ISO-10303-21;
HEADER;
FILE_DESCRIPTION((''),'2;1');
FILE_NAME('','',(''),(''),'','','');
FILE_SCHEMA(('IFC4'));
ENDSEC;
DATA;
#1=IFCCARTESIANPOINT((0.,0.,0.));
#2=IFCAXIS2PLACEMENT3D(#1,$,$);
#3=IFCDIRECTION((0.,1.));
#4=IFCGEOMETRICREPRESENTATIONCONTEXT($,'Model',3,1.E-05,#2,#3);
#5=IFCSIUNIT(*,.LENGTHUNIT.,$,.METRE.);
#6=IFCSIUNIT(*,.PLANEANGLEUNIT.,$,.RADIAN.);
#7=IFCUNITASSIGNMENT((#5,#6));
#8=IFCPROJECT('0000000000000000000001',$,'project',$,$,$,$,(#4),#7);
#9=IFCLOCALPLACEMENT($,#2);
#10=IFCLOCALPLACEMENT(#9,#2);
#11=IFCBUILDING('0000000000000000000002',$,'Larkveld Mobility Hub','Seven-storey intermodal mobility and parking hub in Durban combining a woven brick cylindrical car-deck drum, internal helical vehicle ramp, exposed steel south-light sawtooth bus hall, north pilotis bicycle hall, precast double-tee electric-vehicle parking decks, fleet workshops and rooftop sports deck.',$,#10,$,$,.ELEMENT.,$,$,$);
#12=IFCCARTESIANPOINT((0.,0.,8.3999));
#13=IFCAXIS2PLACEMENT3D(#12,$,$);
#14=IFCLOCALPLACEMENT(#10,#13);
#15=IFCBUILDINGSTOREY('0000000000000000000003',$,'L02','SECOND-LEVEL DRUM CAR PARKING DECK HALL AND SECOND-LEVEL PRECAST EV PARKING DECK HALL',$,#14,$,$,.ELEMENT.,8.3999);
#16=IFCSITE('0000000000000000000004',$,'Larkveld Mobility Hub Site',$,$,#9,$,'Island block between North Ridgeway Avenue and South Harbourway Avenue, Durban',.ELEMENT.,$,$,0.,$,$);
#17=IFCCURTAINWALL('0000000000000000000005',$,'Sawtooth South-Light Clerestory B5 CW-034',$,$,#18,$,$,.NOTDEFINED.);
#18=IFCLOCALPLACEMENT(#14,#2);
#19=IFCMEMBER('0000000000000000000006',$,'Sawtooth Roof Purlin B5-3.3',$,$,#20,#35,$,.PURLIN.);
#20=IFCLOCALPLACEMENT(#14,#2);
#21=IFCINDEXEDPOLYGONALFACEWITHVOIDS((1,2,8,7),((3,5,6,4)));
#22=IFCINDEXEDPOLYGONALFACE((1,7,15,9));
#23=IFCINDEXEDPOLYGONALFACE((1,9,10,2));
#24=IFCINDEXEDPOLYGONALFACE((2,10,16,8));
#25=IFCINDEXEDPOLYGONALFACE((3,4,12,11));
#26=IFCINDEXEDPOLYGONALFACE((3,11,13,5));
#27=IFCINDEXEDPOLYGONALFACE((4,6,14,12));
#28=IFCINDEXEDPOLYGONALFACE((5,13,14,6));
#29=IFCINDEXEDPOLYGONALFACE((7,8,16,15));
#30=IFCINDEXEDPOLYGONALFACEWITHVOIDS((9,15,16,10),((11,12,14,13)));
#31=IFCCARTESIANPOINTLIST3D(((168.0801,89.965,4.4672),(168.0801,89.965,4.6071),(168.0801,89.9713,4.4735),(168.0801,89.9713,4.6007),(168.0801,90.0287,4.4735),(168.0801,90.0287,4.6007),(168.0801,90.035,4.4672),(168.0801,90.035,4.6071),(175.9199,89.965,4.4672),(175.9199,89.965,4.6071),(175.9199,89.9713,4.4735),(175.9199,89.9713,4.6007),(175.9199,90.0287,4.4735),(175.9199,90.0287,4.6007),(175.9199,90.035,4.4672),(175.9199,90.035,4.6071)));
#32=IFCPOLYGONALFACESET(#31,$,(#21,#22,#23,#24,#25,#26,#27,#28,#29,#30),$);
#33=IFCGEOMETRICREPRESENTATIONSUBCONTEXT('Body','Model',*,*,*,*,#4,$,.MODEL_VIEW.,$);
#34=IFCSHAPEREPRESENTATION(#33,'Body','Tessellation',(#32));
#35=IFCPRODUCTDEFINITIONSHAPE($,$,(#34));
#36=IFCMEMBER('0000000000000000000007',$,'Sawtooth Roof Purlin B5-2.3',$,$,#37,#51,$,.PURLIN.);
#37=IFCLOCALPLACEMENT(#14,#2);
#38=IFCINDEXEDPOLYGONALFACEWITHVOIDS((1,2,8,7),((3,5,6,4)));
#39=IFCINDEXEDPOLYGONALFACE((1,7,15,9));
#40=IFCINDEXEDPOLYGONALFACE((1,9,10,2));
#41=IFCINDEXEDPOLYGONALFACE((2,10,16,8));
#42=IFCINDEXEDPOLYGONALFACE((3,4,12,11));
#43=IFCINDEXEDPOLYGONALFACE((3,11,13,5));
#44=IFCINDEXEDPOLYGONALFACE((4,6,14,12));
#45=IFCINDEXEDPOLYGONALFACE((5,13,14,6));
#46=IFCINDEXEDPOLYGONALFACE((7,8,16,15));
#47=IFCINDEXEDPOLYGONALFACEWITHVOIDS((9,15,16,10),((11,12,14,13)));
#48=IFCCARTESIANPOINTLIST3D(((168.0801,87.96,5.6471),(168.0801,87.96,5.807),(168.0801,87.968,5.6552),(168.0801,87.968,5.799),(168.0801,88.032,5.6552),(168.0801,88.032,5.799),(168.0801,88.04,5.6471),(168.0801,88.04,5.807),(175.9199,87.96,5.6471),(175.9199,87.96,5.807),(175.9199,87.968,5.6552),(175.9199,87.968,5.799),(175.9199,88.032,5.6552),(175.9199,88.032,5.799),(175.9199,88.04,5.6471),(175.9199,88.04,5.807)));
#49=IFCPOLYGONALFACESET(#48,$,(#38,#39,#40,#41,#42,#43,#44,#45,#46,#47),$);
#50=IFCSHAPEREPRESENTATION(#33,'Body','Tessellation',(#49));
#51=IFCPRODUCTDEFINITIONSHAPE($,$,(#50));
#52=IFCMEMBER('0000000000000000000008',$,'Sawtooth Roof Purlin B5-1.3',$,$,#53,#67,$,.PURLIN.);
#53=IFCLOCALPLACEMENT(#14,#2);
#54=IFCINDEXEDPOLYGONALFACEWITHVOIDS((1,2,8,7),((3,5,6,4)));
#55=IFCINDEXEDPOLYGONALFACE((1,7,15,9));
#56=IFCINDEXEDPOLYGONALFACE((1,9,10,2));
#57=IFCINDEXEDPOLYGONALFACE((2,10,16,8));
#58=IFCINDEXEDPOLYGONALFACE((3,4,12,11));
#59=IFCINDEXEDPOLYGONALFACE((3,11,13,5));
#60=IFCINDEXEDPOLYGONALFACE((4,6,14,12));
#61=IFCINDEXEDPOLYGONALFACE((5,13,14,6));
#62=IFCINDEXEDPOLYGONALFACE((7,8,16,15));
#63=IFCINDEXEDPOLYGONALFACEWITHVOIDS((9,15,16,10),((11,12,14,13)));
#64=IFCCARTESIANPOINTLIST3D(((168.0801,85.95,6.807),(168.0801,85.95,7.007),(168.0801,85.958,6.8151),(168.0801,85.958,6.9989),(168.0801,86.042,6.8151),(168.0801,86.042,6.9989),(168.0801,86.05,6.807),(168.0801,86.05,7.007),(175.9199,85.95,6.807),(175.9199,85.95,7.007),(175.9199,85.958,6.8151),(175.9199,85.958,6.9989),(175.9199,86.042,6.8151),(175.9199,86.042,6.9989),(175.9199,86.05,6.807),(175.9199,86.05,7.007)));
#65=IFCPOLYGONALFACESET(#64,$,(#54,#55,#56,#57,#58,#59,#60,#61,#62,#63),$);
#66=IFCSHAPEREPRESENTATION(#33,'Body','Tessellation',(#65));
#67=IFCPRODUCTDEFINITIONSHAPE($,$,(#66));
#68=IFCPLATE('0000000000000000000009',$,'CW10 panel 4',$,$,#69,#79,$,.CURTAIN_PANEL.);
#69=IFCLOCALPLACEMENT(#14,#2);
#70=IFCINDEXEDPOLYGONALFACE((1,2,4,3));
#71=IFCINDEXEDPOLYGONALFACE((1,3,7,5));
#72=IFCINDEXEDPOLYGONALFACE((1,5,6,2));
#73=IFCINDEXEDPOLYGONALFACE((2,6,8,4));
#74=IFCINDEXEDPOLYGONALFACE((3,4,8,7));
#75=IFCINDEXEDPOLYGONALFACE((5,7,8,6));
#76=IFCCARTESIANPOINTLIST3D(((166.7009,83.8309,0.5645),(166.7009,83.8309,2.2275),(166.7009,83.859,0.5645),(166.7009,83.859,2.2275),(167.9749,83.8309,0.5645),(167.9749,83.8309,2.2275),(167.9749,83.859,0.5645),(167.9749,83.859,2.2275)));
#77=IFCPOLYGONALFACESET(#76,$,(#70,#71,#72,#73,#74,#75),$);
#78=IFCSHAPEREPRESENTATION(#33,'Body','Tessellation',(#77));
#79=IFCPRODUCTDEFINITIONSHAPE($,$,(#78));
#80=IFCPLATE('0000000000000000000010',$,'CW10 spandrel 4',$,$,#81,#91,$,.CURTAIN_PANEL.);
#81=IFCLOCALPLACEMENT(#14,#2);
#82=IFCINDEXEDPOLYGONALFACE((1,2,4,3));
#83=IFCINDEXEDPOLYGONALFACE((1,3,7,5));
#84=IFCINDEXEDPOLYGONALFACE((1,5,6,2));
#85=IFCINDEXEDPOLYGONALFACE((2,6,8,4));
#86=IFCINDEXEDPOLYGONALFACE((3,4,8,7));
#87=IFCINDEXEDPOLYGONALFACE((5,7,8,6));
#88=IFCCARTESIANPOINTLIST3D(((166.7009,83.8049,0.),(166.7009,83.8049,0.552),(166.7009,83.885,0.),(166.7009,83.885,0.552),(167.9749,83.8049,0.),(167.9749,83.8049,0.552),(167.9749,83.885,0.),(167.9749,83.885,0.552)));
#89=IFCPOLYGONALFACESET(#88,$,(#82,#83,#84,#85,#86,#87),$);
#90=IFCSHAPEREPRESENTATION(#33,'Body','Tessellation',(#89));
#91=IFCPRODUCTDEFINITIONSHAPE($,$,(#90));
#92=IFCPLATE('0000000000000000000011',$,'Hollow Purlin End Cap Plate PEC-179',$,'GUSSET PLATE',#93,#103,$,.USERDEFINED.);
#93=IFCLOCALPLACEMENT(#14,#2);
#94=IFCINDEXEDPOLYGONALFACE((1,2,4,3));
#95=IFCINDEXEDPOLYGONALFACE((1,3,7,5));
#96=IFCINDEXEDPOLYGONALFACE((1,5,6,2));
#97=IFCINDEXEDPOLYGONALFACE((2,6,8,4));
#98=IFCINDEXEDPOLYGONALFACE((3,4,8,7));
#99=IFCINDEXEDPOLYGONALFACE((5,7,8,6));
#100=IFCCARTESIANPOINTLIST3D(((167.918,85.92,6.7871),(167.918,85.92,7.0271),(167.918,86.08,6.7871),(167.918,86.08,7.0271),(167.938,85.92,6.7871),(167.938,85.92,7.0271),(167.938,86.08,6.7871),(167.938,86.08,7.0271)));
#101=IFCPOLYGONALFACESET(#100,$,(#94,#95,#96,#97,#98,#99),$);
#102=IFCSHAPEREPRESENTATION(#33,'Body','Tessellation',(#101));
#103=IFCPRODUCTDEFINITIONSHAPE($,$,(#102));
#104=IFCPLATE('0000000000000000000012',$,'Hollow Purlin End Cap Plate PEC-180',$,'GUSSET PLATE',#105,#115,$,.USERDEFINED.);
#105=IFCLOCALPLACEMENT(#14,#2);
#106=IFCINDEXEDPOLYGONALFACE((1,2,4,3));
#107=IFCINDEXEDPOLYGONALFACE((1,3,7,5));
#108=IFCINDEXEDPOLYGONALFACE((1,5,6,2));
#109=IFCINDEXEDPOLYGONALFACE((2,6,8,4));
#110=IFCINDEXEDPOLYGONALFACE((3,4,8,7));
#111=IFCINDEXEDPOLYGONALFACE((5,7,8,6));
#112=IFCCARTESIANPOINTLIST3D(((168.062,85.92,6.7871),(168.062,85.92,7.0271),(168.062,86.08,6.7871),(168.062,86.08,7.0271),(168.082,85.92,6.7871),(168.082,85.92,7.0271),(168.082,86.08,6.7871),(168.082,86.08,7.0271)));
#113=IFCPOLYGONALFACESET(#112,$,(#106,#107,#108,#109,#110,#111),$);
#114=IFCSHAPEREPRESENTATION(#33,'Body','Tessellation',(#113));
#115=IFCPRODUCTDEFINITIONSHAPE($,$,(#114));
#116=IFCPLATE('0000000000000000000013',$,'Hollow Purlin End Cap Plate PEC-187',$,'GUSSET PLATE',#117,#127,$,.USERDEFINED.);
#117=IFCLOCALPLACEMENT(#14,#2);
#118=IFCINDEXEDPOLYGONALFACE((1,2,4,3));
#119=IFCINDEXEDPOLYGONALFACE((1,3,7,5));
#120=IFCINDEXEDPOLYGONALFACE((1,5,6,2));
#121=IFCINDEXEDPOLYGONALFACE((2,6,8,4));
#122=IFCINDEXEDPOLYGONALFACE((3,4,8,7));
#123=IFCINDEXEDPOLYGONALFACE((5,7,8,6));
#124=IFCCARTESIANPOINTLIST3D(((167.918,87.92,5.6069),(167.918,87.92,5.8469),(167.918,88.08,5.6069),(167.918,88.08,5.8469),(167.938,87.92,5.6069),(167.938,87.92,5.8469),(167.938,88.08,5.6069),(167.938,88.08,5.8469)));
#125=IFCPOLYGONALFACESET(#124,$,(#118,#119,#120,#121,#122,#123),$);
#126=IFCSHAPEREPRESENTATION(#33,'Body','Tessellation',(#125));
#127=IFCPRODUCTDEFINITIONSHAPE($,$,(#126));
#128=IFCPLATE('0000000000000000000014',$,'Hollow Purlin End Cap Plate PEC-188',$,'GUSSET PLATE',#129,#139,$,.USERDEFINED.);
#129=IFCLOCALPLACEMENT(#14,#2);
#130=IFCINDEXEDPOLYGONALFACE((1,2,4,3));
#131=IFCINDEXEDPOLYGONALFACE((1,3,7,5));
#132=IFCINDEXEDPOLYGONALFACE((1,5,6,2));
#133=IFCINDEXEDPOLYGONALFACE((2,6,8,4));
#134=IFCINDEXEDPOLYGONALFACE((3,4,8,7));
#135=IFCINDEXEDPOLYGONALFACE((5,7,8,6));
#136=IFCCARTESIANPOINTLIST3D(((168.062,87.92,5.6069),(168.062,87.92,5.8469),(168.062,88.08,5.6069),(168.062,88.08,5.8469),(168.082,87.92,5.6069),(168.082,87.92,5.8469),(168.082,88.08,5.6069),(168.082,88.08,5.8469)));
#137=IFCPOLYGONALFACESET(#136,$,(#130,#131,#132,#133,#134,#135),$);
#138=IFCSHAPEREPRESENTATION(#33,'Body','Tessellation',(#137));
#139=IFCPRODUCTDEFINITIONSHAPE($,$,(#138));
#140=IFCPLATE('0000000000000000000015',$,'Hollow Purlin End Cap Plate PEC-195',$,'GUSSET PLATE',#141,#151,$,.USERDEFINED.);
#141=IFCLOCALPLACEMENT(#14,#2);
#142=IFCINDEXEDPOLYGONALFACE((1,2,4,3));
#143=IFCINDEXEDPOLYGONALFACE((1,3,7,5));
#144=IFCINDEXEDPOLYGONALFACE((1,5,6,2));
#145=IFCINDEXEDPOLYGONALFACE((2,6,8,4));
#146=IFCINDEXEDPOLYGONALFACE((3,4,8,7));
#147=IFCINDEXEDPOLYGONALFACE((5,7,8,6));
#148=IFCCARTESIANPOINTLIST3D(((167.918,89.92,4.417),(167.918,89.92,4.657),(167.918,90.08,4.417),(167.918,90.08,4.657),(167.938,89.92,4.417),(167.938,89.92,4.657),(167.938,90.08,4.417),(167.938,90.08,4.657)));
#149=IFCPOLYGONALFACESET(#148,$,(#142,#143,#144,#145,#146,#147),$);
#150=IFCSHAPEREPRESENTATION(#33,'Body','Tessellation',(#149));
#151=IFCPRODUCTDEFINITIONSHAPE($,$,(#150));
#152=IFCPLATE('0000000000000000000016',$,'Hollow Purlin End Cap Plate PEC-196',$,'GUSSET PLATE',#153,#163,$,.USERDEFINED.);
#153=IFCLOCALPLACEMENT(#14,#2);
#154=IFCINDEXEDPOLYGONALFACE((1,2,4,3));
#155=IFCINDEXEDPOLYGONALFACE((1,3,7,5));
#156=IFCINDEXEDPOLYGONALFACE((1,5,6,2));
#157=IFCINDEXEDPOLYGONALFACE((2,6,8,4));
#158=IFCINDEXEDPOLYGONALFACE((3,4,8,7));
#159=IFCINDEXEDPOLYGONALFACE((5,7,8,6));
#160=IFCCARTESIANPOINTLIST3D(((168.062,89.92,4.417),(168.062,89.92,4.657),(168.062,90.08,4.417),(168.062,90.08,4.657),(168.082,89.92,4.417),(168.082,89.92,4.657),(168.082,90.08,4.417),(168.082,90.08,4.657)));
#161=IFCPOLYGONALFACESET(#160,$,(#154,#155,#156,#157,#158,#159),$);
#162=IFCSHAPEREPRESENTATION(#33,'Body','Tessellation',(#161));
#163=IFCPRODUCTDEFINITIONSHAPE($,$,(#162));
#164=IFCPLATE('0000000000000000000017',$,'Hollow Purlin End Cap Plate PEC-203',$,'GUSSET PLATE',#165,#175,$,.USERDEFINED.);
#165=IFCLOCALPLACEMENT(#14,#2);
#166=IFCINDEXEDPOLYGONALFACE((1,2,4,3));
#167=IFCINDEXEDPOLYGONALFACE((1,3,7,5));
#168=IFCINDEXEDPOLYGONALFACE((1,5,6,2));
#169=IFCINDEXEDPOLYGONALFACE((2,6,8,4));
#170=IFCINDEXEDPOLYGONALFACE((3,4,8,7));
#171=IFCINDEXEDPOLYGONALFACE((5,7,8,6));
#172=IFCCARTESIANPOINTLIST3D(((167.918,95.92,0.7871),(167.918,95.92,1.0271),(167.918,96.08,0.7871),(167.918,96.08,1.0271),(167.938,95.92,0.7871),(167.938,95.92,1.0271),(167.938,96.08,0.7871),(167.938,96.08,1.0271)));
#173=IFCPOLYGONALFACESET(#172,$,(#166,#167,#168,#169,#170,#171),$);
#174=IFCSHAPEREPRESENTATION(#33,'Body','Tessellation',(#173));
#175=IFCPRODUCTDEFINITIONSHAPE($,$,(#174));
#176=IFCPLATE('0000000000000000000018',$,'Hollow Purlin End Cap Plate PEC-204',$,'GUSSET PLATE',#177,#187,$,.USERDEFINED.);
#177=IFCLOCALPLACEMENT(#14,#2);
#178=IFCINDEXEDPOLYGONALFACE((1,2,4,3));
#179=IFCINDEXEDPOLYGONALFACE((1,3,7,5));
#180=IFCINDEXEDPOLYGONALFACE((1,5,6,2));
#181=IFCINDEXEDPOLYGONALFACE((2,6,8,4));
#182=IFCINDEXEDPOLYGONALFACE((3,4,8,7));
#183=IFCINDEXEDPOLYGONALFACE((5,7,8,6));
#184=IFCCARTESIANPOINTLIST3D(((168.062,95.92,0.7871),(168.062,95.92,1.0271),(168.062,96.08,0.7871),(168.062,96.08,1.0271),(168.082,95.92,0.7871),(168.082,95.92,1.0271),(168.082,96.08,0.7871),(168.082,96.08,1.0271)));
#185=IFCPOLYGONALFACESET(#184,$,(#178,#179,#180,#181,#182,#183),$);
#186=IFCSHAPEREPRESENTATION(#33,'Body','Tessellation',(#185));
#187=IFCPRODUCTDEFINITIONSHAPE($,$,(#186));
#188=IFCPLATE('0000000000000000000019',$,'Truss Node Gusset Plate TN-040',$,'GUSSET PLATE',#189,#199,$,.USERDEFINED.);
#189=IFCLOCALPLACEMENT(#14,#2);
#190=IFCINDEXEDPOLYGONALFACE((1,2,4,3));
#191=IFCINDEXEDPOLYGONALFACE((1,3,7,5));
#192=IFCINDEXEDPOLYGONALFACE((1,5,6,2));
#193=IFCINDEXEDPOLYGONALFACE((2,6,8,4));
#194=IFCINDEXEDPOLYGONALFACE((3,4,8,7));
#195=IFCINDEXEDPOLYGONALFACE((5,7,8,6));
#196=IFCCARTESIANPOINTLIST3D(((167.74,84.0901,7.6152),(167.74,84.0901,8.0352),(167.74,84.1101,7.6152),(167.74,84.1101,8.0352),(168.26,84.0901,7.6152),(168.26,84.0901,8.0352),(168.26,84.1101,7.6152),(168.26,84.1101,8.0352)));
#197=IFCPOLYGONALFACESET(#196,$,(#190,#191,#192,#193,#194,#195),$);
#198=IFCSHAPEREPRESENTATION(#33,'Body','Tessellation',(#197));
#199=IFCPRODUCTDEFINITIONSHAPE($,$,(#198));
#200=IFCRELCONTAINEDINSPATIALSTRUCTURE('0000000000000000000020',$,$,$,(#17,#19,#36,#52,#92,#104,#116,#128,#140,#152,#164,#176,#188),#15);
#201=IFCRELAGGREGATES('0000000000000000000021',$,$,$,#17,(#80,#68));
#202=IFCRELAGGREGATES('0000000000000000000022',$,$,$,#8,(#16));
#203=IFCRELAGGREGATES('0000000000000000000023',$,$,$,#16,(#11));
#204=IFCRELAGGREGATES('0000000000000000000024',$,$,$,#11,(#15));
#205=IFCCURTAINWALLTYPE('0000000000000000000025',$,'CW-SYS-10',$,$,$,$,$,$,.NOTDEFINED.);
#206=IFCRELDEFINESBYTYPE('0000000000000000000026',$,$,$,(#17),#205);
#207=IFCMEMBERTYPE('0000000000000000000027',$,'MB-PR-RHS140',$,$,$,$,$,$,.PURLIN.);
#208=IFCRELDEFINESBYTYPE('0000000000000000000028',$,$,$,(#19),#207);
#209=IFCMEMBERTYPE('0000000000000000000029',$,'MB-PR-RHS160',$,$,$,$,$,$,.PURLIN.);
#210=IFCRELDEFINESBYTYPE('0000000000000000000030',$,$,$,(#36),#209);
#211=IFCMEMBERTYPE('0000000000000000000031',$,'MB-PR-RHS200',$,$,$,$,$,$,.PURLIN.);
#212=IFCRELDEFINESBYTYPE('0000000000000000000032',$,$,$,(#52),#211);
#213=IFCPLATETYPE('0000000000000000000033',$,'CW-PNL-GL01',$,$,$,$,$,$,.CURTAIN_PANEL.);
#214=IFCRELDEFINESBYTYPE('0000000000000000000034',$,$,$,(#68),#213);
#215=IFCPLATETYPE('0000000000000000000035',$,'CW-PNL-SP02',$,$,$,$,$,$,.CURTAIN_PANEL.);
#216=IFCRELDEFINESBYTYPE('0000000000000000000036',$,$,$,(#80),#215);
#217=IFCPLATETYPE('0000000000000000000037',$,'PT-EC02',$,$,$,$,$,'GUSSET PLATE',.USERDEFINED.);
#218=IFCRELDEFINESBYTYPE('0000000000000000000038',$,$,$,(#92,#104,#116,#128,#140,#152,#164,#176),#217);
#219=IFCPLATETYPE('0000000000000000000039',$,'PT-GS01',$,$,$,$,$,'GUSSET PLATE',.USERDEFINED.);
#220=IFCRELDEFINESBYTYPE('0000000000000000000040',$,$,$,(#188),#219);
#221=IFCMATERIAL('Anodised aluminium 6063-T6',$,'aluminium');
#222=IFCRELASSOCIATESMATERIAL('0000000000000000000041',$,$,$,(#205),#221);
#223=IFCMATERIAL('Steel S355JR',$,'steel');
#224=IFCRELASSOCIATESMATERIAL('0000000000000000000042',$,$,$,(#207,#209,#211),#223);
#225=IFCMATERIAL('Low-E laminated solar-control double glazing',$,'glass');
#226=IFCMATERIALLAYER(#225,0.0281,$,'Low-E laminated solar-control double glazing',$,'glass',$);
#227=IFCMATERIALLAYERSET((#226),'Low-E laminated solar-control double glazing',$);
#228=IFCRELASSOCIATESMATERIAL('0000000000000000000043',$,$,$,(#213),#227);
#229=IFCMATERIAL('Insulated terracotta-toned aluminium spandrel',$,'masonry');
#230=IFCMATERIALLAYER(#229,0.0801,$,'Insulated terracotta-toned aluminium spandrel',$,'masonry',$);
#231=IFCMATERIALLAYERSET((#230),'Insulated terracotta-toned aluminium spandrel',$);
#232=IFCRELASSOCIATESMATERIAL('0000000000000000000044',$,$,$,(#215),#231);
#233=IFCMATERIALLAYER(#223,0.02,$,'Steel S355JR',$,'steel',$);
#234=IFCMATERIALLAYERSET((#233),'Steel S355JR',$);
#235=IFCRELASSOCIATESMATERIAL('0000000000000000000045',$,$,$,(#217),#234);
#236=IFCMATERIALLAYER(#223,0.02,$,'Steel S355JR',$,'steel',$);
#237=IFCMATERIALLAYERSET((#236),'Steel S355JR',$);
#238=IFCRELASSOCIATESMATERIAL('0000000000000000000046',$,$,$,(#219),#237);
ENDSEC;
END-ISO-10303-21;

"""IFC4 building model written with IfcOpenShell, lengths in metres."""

from ifc_helpers import new_model, si_unit, direction, frame, origin, origin_2d, place, context, subcontext, project, spatial, rectangle, hollow_rectangle, extrude, material, layer, layer_set, material_profile, profile_set, type_object, element, aggregate, save


model = new_model("IFC4")

# Units and contexts
model_context = context("Model", 3, precision=1e-05, world=origin(), true_north=direction((0.0, 1.0)))
body_context = subcontext(model_context, "Body", "Model", "MODEL_VIEW")
ifc_project = project(units=[si_unit("LENGTHUNIT", "METRE"), si_unit("PLANEANGLEUNIT", "RADIAN")], contexts=[model_context])

# Site, building, storey
site_placement = place(None, origin())
site = spatial("IfcSite", under=ifc_project, at=site_placement, Name="Larkveld Mobility Hub Site", LongName="Island block between North Ridgeway Avenue and South Harbourway Avenue, Durban", CompositionType="ELEMENT", RefElevation=0.0)
building_placement = place(site_placement, origin())
building = spatial("IfcBuilding", under=site, at=building_placement, Name="Larkveld Mobility Hub", Description="Seven-storey intermodal mobility and parking hub in Durban combining a woven brick cylindrical car-deck drum, internal helical vehicle ramp, exposed steel south-light sawtooth bus hall, north pilotis bicycle hall, precast double-tee electric-vehicle parking decks, fleet workshops and rooftop sports deck.", CompositionType="ELEMENT")
storey_placement = place(building_placement, frame((0.0, 0.0, 8.3999)))
storey = spatial("IfcBuildingStorey", under=building, at=storey_placement, Name="L02", Description="SECOND-LEVEL DRUM CAR PARKING DECK HALL AND SECOND-LEVEL PRECAST EV PARKING DECK HALL", CompositionType="ELEMENT", Elevation=8.3999)

# Curtain wall
ifc_material_1 = material(Name="Anodised aluminium 6063-T6", Category="aluminium")
curtain_wall_type_1 = type_object("IfcCurtainWallType", Name="CW-SYS-10", PredefinedType="NOTDEFINED", material=ifc_material_1)
curtain_wall_1_placement = place(storey_placement, origin())
curtain_wall_1 = element("IfcCurtainWall", 1, at=curtain_wall_1_placement, inside=storey, type_object=curtain_wall_type_1, Name="Sawtooth South-Light Clerestory B5 CW-034", PredefinedType="NOTDEFINED")

# Members
ifc_material_2 = material(Name="Steel S355JR", Category="steel")
ifc_material_profile_1 = material_profile(ifc_material_2, hollow_rectangle(XDim=0.0701, YDim=0.1399, WallThickness=0.0063, at=origin_2d()), Name="RHS 140x70x6.3")
ifc_profile_set_1 = profile_set([ifc_material_profile_1], Name="Steel S355JR")
member_type_1 = type_object("IfcMemberType", Name="MB-PR-RHS140", PredefinedType="PURLIN", material=ifc_profile_set_1)
member_1_placement = place(storey_placement, frame((168.0801, 90.0, 4.5371), z_axis=(1.0, 0.0, 0.0), x_axis=(0.0, 1.0, 0.0)))
element("IfcMember", 2, at=member_1_placement, inside=storey, type_object=member_type_1, Name="Sawtooth Roof Purlin B5-3.3", PredefinedType="PURLIN", context=body_context, shape_type="SweptSolid", body=[
    extrude(hollow_rectangle(XDim=0.0701, YDim=0.1399, WallThickness=0.0063, at=origin_2d()), origin(), (0.0, 0.0, 1.0), 7.8398),
])
ifc_material_profile_2 = material_profile(ifc_material_2, hollow_rectangle(XDim=0.0801, YDim=0.1599, WallThickness=0.0081, at=origin_2d()), Name="RHS 160x80x8")
ifc_profile_set_2 = profile_set([ifc_material_profile_2], Name="Steel S355JR")
member_type_2 = type_object("IfcMemberType", Name="MB-PR-RHS160", PredefinedType="PURLIN", material=ifc_profile_set_2)
member_2_placement = place(storey_placement, frame((168.0801, 88.0, 5.7271), z_axis=(1.0, 0.0, 0.0), x_axis=(0.0, 1.0, 0.0)))
element("IfcMember", 3, at=member_2_placement, inside=storey, type_object=member_type_2, Name="Sawtooth Roof Purlin B5-2.3", PredefinedType="PURLIN", context=body_context, shape_type="SweptSolid", body=[
    extrude(hollow_rectangle(XDim=0.0801, YDim=0.1599, WallThickness=0.0081, at=origin_2d()), origin(), (0.0, 0.0, 1.0), 7.8398),
])
ifc_material_profile_3 = material_profile(ifc_material_2, hollow_rectangle(XDim=0.1001, YDim=0.2, WallThickness=0.0081, at=origin_2d()), Name="RHS 200x100x8")
ifc_profile_set_3 = profile_set([ifc_material_profile_3], Name="Steel S355JR")
member_type_3 = type_object("IfcMemberType", Name="MB-PR-RHS200", PredefinedType="PURLIN", material=ifc_profile_set_3)
member_3_placement = place(storey_placement, frame((168.0801, 86.0, 6.907), z_axis=(1.0, 0.0, 0.0), x_axis=(0.0, 1.0, 0.0)))
element("IfcMember", 4, at=member_3_placement, inside=storey, type_object=member_type_3, Name="Sawtooth Roof Purlin B5-1.3", PredefinedType="PURLIN", context=body_context, shape_type="SweptSolid", body=[
    extrude(hollow_rectangle(XDim=0.1001, YDim=0.2, WallThickness=0.0081, at=origin_2d()), origin(), (0.0, 0.0, 1.0), 7.8398),
])

# Plates
ifc_material_3 = material(Name="Low-E laminated solar-control double glazing", Category="glass")
ifc_layer_1 = layer(ifc_material_3, 0.0281, Name="Low-E laminated solar-control double glazing", Category="glass")
ifc_layer_set_1 = layer_set([ifc_layer_1], Name="Low-E laminated solar-control double glazing")
plate_type_1 = type_object("IfcPlateType", Name="CW-PNL-GL01", PredefinedType="CURTAIN_PANEL", material=ifc_layer_set_1)
plate_1_placement = place(storey_placement, frame((167.3379, 83.845, 0.5645), z_axis=(0.0, 0.0, 1.0), x_axis=(1.0, 0.0, 0.0)))
plate_1 = element("IfcPlate", 5, at=plate_1_placement, type_object=plate_type_1, Name="CW10 panel 4", PredefinedType="CURTAIN_PANEL", context=body_context, shape_type="SweptSolid", body=[
    extrude(rectangle(XDim=1.2739, YDim=0.0281, at=origin_2d()), origin(), (0.0, 0.0, 1.0), 1.6631),
])
ifc_material_4 = material(Name="Insulated terracotta-toned aluminium spandrel", Category="masonry")
ifc_layer_2 = layer(ifc_material_4, 0.0801, Name="Insulated terracotta-toned aluminium spandrel", Category="masonry")
ifc_layer_set_2 = layer_set([ifc_layer_2], Name="Insulated terracotta-toned aluminium spandrel")
plate_type_2 = type_object("IfcPlateType", Name="CW-PNL-SP02", PredefinedType="CURTAIN_PANEL", material=ifc_layer_set_2)
plate_2_placement = place(storey_placement, frame((167.3379, 83.845, 0.0), z_axis=(0.0, 0.0, 1.0), x_axis=(1.0, 0.0, 0.0)))
plate_2 = element("IfcPlate", 6, at=plate_2_placement, type_object=plate_type_2, Name="CW10 spandrel 4", PredefinedType="CURTAIN_PANEL", context=body_context, shape_type="SweptSolid", body=[
    extrude(rectangle(XDim=1.2739, YDim=0.0801, at=origin_2d()), origin(), (0.0, 0.0, 1.0), 0.552),
])
aggregate(curtain_wall_1, [plate_2, plate_1])

# Plates
ifc_layer_3 = layer(ifc_material_2, 0.02, Name="Steel S355JR", Category="steel")
ifc_layer_set_3 = layer_set([ifc_layer_3], Name="Steel S355JR")
plate_type_3 = type_object("IfcPlateType", Name="PT-EC02", ElementType="GUSSET PLATE", PredefinedType="USERDEFINED", material=ifc_layer_set_3)
for number, where, z_axis, x_axis, name in (
    (7, (167.928, 86.0, 6.7871), (0.0, 0.0, 1.0), (1.0, 0.0, 0.0), "Hollow Purlin End Cap Plate PEC-179"),
    (8, (168.072, 86.0, 6.7871), (0.0, 0.0, 1.0), (1.0, 0.0, 0.0), "Hollow Purlin End Cap Plate PEC-180"),
    (9, (167.928, 88.0, 5.6069), (0.0, 0.0, 1.0), (1.0, 0.0, 0.0), "Hollow Purlin End Cap Plate PEC-187"),
    (10, (168.072, 88.0, 5.6069), (0.0, 0.0, 1.0), (1.0, 0.0, 0.0), "Hollow Purlin End Cap Plate PEC-188"),
    (11, (167.928, 90.0, 4.417), (0.0, 0.0, 1.0), (1.0, 0.0, 0.0), "Hollow Purlin End Cap Plate PEC-195"),
    (12, (168.072, 90.0, 4.417), (0.0, 0.0, 1.0), (1.0, 0.0, 0.0), "Hollow Purlin End Cap Plate PEC-196"),
    (13, (167.928, 96.0, 0.7871), (0.0, 0.0, 1.0), (1.0, 0.0, 0.0), "Hollow Purlin End Cap Plate PEC-203"),
    (14, (168.072, 96.0, 0.7871), (0.0, 0.0, 1.0), (1.0, 0.0, 0.0), "Hollow Purlin End Cap Plate PEC-204"),
):
    element("IfcPlate", number, at=place(storey_placement, frame(where, z_axis=z_axis, x_axis=x_axis)), inside=storey, type_object=plate_type_3, Name=name, ObjectType="GUSSET PLATE", PredefinedType="USERDEFINED", context=body_context, shape_type="SweptSolid", body=[
        extrude(rectangle(XDim=0.02, YDim=0.1599, at=origin_2d()), origin(), (0.0, 0.0, 1.0), 0.24),
    ])
ifc_layer_4 = layer(ifc_material_2, 0.02, Name="Steel S355JR", Category="steel")
ifc_layer_set_4 = layer_set([ifc_layer_4], Name="Steel S355JR")
plate_type_4 = type_object("IfcPlateType", Name="PT-GS01", ElementType="GUSSET PLATE", PredefinedType="USERDEFINED", material=ifc_layer_set_4)
plate_3_placement = place(storey_placement, frame((168.0, 84.1001, 7.6152), z_axis=(0.0, 0.0, 1.0), x_axis=(1.0, 0.0, 0.0)))
element("IfcPlate", 15, at=plate_3_placement, inside=storey, type_object=plate_type_4, Name="Truss Node Gusset Plate TN-040", ObjectType="GUSSET PLATE", PredefinedType="USERDEFINED", context=body_context, shape_type="SweptSolid", body=[
    extrude(rectangle(XDim=0.52, YDim=0.02, at=origin_2d()), origin(), (0.0, 0.0, 1.0), 0.4199),
])

save(model, "model.ifc")
